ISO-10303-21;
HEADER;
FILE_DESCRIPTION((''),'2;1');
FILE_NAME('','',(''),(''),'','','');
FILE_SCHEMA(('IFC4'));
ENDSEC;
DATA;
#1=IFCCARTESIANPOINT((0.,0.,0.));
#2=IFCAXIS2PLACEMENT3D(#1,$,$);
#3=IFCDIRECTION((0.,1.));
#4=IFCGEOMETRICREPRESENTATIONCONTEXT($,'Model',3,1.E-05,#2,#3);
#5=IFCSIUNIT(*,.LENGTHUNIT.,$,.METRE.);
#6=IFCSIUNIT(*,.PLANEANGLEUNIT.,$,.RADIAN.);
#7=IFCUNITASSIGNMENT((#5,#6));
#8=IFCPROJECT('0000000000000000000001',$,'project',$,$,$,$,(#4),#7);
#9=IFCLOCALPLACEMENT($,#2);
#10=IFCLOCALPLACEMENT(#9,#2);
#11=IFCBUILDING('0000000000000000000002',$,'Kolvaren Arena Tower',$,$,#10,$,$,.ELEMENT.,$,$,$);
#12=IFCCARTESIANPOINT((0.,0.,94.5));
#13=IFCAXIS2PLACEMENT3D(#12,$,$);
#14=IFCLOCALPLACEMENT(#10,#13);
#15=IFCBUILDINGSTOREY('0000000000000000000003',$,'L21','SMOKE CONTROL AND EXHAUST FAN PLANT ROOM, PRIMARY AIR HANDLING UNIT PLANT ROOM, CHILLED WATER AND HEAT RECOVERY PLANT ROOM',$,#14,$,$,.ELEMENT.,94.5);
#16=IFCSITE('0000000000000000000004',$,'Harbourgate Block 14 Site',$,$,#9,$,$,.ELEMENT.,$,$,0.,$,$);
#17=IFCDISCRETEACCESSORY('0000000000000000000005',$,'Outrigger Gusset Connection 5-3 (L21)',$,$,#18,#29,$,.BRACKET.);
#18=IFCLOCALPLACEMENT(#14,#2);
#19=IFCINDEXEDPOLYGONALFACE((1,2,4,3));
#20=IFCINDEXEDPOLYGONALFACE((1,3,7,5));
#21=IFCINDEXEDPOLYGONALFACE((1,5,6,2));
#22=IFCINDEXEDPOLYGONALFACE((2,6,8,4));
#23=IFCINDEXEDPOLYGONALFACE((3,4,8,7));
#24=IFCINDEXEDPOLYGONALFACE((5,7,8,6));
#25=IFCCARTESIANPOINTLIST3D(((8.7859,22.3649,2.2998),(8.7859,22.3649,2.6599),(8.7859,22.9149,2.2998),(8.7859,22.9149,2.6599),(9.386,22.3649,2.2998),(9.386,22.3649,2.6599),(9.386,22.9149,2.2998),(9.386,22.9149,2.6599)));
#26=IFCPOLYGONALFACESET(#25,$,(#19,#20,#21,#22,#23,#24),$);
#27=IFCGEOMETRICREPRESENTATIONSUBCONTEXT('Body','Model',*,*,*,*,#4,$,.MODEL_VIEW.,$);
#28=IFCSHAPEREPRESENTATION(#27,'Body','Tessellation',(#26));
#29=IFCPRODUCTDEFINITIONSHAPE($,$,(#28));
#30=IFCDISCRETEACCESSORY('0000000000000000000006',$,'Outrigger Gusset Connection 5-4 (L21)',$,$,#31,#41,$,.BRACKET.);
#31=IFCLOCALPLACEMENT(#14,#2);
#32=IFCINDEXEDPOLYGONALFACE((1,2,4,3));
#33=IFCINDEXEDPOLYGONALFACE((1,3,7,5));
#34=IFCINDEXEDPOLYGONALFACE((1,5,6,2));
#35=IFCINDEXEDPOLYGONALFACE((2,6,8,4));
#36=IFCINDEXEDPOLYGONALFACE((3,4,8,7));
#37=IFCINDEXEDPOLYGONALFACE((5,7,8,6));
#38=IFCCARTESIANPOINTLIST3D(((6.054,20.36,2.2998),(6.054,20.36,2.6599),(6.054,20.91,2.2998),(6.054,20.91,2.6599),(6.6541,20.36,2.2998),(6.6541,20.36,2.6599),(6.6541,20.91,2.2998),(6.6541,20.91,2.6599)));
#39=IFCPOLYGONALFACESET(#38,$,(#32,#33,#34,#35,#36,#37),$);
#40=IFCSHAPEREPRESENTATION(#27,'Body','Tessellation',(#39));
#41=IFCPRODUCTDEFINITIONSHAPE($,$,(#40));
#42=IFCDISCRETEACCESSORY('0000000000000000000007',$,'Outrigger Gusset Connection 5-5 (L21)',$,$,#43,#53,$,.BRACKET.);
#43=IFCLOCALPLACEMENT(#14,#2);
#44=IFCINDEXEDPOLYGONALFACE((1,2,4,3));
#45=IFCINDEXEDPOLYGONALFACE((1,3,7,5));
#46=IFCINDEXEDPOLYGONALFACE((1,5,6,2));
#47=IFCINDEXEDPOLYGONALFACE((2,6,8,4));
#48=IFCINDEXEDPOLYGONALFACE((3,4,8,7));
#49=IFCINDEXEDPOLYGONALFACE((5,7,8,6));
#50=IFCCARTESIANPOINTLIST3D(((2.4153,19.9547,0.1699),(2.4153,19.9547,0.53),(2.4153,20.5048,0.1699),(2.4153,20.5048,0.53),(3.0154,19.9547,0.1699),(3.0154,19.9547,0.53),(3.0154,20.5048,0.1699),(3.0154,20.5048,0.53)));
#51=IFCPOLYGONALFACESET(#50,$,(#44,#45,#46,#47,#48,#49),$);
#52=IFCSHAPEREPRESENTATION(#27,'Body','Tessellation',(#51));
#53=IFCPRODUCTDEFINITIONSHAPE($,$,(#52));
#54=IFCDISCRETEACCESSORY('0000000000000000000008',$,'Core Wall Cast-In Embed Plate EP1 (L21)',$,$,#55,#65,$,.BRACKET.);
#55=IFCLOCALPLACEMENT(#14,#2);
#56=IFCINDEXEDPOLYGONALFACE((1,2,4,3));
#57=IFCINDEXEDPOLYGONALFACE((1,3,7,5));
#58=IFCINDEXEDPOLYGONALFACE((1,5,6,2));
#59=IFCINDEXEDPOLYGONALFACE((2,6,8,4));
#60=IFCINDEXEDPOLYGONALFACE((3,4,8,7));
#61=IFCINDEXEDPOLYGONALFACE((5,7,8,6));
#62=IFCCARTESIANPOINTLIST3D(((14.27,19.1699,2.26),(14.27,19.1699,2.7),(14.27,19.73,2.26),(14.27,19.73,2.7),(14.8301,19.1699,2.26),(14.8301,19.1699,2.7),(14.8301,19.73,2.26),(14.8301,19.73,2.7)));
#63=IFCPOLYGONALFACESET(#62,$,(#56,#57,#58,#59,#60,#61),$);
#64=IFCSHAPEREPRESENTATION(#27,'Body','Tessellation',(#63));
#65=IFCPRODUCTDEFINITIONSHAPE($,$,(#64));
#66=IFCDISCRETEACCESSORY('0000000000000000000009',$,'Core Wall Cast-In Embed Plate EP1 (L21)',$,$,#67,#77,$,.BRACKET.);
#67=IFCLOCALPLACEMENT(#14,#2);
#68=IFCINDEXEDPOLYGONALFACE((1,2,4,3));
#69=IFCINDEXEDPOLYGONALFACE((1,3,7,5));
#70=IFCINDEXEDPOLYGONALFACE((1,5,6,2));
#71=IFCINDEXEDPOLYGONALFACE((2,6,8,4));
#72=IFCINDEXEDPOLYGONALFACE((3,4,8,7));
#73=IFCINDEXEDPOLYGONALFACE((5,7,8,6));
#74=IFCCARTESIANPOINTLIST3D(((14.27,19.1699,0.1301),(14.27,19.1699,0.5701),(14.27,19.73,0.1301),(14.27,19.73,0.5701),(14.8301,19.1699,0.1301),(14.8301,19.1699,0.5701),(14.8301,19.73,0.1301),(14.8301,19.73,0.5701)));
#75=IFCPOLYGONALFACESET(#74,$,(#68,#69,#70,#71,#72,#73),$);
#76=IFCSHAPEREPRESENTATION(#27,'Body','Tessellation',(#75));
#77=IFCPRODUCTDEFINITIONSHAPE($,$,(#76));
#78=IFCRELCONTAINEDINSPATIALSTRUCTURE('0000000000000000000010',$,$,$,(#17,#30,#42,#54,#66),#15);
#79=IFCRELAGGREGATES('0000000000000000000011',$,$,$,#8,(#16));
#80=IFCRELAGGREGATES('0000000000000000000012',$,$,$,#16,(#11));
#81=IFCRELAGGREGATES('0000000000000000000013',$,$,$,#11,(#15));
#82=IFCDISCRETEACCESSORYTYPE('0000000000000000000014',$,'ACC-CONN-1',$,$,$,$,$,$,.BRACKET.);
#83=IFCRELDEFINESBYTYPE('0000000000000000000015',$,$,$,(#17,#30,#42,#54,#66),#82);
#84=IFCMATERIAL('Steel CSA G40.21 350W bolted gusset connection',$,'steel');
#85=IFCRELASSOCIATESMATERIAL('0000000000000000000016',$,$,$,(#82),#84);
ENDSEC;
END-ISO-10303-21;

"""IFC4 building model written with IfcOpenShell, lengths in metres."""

from ifc_helpers import new_model, si_unit, direction, frame, origin, origin_2d, place, context, subcontext, project, spatial, rectangle, extrude, material, type_object, element, save


model = new_model("IFC4")

# Units and contexts
model_context = context("Model", 3, precision=1e-05, world=origin(), true_north=direction((0.0, 1.0)))
body_context = subcontext(model_context, "Body", "Model", "MODEL_VIEW")
ifc_project = project(units=[si_unit("LENGTHUNIT", "METRE"), si_unit("PLANEANGLEUNIT", "RADIAN")], contexts=[model_context])

# Site, building, storey
site_placement = place(None, origin())
site = spatial("IfcSite", under=ifc_project, at=site_placement, Name="Harbourgate Block 14 Site", CompositionType="ELEMENT", RefElevation=0.0)
building_placement = place(site_placement, origin())
building = spatial("IfcBuilding", under=site, at=building_placement, Name="Kolvaren Arena Tower", CompositionType="ELEMENT")
storey_placement = place(building_placement, frame((0.0, 0.0, 94.5)))
storey = spatial("IfcBuildingStorey", under=building, at=storey_placement, Name="L21", Description="SMOKE CONTROL AND EXHAUST FAN PLANT ROOM, PRIMARY AIR HANDLING UNIT PLANT ROOM, CHILLED WATER AND HEAT RECOVERY PLANT ROOM", CompositionType="ELEMENT", Elevation=94.5)

# Discrete accessories
ifc_material_1 = material(Name="Steel CSA G40.21 350W bolted gusset connection", Category="steel")
discrete_accessory_type = type_object("IfcDiscreteAccessoryType", Name="ACC-CONN-1", PredefinedType="BRACKET", material=ifc_material_1)
for number, where, z_axis, x_axis, name in (
    (1, (9.0859, 22.6399, 2.2998), (0.0, 0.0, 1.0), (1.0, 0.0, 0.0), "Outrigger Gusset Connection 5-3 (L21)"),
    (2, (6.354, 20.635, 2.2998), (0.0, 0.0, 1.0), (1.0, 0.0, 0.0), "Outrigger Gusset Connection 5-4 (L21)"),
    (3, (2.7153, 20.2297, 0.1699), (0.0, 0.0, 1.0), (1.0, 0.0, 0.0), "Outrigger Gusset Connection 5-5 (L21)"),
):
    element("IfcDiscreteAccessory", number, at=place(storey_placement, frame(where, z_axis=z_axis, x_axis=x_axis)), inside=storey, type_object=discrete_accessory_type, Name=name, PredefinedType="BRACKET", context=body_context, shape_type="SweptSolid", body=[
        extrude(rectangle(XDim=0.6001, YDim=0.55, at=origin_2d()), origin(), (0.0, 0.0, 1.0), 0.3601),
    ])
for number, where, z_axis, x_axis, name in (
    (4, (14.55, 19.45, 2.26), (0.0, 0.0, 1.0), (1.0, 0.0, 0.0), "Core Wall Cast-In Embed Plate EP1 (L21)"),
    (5, (14.55, 19.45, 0.1301), (0.0, 0.0, 1.0), (1.0, 0.0, 0.0), "Core Wall Cast-In Embed Plate EP1 (L21)"),
):
    element("IfcDiscreteAccessory", number, at=place(storey_placement, frame(where, z_axis=z_axis, x_axis=x_axis)), inside=storey, type_object=discrete_accessory_type, Name=name, PredefinedType="BRACKET", context=body_context, shape_type="SweptSolid", body=[
        extrude(rectangle(XDim=0.5601, YDim=0.5601, at=origin_2d()), origin(), (0.0, 0.0, 1.0), 0.4399),
    ])

save(model, "model.ifc")
